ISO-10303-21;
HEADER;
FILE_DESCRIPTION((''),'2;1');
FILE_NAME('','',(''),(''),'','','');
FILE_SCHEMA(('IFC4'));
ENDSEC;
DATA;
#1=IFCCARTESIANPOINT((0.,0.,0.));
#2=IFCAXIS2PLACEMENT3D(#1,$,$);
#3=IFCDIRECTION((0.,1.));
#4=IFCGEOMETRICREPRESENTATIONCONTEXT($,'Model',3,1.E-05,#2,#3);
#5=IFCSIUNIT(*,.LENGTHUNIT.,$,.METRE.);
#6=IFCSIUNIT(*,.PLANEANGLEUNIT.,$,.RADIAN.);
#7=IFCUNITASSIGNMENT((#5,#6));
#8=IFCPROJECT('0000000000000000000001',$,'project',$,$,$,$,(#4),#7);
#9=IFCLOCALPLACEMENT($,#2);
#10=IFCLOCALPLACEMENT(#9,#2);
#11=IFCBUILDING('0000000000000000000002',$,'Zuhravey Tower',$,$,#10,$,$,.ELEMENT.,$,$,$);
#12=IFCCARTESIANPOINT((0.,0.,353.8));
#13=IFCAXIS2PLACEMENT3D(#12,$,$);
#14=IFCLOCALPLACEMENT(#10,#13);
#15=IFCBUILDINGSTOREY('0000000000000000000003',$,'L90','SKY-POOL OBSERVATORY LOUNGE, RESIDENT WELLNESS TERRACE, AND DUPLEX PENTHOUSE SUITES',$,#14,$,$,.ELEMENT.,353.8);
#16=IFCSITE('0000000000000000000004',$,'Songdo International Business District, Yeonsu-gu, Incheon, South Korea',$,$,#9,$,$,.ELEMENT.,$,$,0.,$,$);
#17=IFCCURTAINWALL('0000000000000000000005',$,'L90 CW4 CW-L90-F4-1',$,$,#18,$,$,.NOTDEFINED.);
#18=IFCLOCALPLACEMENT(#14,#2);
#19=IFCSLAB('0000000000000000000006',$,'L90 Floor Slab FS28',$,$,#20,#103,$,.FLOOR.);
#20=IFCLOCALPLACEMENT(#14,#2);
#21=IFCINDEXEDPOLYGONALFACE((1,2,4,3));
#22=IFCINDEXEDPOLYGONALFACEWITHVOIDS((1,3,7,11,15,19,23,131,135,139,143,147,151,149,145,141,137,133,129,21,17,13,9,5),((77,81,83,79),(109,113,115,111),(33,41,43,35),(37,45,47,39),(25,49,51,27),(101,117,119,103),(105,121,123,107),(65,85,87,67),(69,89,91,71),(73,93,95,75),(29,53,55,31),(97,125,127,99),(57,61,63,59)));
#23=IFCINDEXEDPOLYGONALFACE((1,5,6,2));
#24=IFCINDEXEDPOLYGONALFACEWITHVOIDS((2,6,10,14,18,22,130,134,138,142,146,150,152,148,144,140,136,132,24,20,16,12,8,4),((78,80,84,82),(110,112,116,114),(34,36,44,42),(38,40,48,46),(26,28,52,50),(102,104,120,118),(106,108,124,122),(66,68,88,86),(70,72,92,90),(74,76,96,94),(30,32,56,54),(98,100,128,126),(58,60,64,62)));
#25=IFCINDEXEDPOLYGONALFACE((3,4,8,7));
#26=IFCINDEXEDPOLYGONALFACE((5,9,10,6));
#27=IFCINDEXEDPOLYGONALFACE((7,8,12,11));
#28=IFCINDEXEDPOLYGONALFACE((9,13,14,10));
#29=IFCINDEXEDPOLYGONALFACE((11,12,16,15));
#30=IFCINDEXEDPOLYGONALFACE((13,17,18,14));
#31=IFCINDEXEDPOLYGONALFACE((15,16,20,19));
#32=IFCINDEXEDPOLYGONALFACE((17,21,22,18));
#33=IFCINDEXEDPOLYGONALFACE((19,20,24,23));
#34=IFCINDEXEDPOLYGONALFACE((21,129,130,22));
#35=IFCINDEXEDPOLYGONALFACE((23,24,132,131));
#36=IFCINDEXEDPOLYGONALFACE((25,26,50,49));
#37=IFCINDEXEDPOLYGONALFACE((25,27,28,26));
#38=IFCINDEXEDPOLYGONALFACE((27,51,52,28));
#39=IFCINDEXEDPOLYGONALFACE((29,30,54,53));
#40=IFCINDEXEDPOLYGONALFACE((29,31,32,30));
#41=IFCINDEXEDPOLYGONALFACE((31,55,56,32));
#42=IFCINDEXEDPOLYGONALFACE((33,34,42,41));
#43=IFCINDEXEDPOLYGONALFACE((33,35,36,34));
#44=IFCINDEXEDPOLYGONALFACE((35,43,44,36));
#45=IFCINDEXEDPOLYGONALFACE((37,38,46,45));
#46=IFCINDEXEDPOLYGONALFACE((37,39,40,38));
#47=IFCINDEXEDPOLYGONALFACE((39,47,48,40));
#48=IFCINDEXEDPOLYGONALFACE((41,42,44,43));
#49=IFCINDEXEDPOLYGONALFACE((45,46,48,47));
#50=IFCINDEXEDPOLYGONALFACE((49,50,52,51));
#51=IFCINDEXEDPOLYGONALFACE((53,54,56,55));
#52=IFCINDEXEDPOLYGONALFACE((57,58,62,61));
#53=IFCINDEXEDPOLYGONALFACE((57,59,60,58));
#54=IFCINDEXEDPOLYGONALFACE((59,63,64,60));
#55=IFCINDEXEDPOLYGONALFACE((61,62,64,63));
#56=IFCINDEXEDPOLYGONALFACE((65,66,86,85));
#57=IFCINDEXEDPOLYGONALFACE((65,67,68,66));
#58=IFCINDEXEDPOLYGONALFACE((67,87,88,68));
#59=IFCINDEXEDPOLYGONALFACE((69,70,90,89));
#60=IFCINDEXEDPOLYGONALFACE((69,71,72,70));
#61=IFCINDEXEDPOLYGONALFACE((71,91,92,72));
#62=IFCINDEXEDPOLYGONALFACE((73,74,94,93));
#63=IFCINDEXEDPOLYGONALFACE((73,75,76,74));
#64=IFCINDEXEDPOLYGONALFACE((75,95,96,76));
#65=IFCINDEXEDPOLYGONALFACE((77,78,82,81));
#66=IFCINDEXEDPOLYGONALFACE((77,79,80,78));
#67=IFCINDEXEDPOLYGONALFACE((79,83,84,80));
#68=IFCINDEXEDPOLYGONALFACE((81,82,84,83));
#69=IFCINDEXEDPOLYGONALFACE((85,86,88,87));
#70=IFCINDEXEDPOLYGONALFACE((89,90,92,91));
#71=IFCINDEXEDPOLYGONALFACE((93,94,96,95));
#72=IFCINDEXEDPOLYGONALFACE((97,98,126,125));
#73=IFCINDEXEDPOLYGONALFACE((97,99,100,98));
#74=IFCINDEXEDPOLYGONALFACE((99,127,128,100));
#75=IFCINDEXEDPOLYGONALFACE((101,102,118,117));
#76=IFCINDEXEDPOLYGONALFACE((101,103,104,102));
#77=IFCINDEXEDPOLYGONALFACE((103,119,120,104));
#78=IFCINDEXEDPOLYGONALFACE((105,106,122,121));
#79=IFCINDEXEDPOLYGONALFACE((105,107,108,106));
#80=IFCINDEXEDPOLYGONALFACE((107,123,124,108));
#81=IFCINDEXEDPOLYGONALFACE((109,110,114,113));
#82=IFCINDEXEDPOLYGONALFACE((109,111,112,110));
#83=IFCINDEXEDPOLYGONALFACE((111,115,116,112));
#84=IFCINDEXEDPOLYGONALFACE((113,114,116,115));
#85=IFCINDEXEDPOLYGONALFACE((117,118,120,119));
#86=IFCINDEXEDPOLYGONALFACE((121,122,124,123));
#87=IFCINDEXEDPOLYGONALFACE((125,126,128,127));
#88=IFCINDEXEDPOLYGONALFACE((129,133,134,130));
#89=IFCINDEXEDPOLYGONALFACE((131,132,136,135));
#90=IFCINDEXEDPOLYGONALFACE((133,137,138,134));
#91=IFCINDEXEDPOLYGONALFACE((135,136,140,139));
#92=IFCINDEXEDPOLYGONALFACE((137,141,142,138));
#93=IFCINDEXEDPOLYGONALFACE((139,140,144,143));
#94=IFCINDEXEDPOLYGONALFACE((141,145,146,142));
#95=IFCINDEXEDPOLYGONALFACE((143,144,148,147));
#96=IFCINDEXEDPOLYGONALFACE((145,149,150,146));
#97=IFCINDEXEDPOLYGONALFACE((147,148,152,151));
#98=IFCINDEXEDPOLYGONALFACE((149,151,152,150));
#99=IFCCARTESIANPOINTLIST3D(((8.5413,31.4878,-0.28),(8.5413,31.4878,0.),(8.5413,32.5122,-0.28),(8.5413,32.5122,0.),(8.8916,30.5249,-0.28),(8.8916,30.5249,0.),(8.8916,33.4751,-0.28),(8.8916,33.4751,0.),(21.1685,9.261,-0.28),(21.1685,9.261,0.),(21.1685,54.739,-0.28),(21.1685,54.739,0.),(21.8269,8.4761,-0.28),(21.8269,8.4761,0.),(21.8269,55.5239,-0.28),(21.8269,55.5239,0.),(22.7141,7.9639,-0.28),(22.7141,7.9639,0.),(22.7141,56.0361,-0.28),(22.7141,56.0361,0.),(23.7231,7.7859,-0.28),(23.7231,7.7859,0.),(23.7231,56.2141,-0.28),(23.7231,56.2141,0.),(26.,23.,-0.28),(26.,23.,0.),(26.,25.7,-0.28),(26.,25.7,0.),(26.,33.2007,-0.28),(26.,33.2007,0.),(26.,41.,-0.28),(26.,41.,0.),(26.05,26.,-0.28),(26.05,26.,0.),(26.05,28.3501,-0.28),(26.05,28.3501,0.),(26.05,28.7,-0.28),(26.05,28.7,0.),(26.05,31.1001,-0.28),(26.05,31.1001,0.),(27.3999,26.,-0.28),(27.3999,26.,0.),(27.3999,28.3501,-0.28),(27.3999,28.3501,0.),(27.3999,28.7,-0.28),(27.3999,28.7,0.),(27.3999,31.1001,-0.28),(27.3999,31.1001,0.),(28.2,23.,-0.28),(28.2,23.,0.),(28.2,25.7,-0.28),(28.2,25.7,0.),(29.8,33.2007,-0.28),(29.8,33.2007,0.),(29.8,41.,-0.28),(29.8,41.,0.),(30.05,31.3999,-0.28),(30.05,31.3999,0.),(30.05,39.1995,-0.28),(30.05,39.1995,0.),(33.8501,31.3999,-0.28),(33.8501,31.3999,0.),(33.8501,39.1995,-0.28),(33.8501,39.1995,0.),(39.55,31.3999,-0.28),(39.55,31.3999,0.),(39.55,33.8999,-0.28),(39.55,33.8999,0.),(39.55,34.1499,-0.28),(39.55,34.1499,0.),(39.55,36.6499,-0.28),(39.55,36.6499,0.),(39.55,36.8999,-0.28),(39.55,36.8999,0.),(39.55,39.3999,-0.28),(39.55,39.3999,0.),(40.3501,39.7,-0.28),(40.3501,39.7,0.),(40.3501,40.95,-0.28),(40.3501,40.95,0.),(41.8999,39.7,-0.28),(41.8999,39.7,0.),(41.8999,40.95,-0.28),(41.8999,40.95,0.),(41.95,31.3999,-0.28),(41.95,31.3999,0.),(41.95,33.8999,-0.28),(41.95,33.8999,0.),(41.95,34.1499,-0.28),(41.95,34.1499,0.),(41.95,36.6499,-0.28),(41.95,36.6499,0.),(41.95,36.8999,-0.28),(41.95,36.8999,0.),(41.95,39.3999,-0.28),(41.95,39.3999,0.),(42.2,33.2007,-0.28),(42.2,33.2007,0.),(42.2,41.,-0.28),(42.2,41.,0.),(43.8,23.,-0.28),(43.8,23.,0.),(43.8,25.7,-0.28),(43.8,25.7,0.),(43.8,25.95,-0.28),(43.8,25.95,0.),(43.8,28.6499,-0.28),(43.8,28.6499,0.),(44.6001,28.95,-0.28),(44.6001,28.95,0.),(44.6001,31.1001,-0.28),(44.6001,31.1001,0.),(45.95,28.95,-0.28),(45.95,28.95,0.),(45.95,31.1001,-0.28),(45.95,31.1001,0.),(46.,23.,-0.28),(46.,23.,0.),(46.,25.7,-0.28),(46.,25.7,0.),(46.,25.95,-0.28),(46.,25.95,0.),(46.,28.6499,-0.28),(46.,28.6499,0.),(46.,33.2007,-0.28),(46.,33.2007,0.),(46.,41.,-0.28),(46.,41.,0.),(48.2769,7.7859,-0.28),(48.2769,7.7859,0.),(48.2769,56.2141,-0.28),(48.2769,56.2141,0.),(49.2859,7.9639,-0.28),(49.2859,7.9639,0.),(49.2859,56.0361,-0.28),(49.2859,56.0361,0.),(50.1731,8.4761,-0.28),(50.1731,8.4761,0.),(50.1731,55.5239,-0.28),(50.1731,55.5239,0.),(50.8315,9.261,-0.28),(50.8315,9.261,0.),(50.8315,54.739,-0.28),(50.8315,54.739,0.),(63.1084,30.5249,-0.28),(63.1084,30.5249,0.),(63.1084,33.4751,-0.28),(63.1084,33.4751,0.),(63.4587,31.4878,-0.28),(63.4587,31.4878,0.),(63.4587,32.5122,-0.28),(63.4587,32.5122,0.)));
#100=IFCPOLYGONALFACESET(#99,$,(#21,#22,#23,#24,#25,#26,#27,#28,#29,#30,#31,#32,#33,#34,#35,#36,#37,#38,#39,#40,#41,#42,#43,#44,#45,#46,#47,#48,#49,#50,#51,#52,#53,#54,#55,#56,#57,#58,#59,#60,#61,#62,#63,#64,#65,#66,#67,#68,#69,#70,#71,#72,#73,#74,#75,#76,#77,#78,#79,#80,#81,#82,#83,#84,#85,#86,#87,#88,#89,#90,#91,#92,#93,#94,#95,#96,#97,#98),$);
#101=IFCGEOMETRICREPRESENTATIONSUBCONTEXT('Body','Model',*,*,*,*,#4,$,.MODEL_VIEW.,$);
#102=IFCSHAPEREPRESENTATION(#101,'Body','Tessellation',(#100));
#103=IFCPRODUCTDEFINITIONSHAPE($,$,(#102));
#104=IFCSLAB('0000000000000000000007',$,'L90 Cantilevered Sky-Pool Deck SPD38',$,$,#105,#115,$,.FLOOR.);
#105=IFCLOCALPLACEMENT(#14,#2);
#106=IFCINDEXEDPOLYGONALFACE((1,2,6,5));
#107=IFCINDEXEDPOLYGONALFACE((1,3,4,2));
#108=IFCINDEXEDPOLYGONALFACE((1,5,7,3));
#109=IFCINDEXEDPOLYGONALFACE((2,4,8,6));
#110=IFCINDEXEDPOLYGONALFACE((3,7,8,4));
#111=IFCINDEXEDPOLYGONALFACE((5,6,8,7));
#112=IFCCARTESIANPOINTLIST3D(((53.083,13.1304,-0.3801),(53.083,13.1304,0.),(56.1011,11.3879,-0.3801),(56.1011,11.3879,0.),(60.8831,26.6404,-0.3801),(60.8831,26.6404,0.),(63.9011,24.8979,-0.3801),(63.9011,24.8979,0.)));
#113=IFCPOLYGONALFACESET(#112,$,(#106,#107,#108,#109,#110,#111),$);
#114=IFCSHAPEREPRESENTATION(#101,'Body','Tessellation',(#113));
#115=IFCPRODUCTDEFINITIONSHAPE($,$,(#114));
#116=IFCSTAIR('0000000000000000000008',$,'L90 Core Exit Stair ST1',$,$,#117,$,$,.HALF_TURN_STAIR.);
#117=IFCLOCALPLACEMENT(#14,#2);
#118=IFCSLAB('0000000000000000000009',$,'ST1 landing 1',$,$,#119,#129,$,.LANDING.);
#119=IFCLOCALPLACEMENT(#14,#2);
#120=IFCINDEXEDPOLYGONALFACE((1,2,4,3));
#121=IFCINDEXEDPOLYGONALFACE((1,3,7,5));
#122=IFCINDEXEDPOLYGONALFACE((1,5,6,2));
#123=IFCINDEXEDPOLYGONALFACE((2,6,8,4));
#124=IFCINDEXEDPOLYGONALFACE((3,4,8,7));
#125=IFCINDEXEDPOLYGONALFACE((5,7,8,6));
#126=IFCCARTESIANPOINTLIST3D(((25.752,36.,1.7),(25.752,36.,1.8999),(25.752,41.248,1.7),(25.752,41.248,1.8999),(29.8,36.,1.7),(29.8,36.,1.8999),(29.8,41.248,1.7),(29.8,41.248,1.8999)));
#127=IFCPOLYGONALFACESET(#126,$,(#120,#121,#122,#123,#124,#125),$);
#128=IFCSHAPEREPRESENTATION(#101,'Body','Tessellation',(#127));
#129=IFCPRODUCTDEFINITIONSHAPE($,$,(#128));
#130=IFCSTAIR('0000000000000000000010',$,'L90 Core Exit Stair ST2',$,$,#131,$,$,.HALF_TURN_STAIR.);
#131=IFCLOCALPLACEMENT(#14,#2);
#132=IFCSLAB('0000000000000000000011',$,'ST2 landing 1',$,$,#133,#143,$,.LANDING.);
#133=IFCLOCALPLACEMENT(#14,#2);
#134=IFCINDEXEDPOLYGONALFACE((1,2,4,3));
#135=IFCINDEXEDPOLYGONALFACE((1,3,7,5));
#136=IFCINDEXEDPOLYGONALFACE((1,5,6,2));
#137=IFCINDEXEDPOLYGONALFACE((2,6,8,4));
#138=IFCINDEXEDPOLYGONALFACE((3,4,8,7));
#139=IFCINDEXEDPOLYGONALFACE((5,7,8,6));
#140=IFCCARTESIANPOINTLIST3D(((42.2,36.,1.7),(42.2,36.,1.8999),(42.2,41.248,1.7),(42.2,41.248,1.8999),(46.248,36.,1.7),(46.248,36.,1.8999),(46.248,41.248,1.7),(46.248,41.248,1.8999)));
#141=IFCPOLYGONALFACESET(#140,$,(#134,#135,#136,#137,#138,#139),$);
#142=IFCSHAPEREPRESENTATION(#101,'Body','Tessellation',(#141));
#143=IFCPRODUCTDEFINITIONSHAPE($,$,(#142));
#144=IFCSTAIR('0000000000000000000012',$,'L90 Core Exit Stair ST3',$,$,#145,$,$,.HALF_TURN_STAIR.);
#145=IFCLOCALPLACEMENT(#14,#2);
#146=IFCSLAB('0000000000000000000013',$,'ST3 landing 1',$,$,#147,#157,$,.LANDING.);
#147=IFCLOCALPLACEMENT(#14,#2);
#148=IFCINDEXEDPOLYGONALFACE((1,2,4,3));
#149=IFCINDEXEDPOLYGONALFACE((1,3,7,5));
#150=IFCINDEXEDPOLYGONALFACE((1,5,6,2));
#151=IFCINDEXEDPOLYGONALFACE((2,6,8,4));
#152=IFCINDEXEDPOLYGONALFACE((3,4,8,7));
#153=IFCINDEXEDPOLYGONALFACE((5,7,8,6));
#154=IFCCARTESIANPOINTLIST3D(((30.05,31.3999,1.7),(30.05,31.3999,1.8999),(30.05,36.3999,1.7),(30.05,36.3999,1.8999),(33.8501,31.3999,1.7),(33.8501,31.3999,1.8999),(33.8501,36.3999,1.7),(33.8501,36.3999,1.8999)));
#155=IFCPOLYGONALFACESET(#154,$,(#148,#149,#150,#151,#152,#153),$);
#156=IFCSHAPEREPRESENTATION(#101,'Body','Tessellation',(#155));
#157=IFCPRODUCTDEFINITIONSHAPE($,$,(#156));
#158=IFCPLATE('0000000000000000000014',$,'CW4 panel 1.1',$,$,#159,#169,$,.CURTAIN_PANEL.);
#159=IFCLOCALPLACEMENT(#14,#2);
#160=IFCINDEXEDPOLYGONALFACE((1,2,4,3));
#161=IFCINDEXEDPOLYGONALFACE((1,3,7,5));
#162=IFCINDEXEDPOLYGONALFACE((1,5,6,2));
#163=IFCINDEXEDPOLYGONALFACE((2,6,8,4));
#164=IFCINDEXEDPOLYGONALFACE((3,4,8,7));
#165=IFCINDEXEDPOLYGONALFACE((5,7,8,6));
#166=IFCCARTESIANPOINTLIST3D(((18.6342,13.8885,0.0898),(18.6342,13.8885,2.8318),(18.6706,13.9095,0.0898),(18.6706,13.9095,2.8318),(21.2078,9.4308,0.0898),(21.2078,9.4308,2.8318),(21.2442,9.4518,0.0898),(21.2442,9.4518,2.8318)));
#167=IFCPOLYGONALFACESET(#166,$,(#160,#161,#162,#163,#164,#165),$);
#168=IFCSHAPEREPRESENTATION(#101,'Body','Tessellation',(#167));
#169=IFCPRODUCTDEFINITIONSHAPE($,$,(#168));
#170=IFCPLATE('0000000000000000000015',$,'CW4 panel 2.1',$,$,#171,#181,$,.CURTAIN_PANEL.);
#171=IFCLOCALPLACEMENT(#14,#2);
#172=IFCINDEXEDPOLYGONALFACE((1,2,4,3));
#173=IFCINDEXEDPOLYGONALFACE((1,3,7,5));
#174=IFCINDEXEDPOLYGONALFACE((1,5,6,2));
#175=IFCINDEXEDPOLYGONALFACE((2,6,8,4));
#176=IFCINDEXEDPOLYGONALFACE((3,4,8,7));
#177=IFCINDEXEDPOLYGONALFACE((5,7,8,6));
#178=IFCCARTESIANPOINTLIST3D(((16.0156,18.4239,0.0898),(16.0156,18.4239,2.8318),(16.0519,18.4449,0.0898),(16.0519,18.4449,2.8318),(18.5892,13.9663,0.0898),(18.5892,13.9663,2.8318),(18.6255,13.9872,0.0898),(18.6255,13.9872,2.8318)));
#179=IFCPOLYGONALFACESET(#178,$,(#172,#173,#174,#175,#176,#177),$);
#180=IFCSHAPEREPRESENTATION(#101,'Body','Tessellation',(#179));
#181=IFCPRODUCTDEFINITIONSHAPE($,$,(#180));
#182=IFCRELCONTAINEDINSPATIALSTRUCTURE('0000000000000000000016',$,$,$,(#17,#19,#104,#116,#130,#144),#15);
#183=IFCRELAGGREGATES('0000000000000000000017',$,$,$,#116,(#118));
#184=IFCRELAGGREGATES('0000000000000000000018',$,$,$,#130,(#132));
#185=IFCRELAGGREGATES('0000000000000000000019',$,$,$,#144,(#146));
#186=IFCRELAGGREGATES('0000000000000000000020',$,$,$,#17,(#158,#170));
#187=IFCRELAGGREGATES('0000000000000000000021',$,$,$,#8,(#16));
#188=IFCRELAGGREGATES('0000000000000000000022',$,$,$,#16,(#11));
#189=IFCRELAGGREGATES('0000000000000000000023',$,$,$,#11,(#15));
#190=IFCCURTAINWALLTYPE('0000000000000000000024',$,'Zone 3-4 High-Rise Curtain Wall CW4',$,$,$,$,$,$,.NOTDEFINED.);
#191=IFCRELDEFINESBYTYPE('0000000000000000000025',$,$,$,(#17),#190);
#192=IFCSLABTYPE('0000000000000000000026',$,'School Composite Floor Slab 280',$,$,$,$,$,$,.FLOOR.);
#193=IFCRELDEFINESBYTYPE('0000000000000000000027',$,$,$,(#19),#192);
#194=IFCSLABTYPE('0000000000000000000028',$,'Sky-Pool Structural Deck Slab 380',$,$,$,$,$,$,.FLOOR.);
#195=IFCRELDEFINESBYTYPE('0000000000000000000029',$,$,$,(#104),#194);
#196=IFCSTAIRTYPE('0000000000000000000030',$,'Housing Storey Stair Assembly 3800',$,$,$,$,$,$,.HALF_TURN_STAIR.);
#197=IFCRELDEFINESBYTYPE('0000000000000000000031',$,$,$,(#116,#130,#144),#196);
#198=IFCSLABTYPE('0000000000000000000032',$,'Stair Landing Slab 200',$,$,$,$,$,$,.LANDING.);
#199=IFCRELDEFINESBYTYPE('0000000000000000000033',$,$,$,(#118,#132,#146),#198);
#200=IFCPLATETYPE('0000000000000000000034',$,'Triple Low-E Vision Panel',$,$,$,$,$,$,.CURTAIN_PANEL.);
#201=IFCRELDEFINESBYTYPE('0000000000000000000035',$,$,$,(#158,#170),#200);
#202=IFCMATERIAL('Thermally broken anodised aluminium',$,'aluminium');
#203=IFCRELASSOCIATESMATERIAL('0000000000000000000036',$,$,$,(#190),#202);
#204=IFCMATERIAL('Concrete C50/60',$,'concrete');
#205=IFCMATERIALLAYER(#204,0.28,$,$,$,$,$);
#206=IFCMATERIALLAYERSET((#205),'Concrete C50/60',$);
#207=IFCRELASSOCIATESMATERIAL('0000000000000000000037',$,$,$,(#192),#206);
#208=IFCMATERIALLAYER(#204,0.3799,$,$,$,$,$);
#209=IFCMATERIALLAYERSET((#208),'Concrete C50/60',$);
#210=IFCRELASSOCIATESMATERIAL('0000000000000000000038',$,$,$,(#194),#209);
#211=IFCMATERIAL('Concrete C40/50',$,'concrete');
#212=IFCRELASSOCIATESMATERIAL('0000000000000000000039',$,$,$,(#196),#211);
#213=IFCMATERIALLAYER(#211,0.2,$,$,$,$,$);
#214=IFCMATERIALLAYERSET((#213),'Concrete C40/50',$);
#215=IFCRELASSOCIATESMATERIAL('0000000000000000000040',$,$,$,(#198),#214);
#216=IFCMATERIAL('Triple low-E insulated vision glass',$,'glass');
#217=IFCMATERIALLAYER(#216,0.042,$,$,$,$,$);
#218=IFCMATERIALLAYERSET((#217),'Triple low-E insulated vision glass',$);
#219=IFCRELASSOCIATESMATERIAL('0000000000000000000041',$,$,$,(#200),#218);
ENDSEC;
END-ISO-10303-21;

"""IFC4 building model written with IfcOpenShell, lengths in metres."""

from ifc_helpers import new_model, si_unit, direction, frame, origin, origin_2d, place, context, subcontext, project, spatial, polyline, rectangle, outline, extrude, material, layer, layer_set, type_object, element, aggregate, save


model = new_model("IFC4")

# Units and contexts
model_context = context("Model", 3, precision=1e-05, world=origin(), true_north=direction((0.0, 1.0)))
body_context = subcontext(model_context, "Body", "Model", "MODEL_VIEW")
ifc_project = project(units=[si_unit("LENGTHUNIT", "METRE"), si_unit("PLANEANGLEUNIT", "RADIAN")], contexts=[model_context])

# Site, building, storey
site_placement = place(None, origin())
site = spatial("IfcSite", under=ifc_project, at=site_placement, Name="Songdo International Business District, Yeonsu-gu, Incheon, South Korea", CompositionType="ELEMENT", RefElevation=0.0)
building_placement = place(site_placement, origin())
building = spatial("IfcBuilding", under=site, at=building_placement, Name="Zuhravey Tower", CompositionType="ELEMENT")
storey_placement = place(building_placement, frame((0.0, 0.0, 353.8)))
storey = spatial("IfcBuildingStorey", under=building, at=storey_placement, Name="L90", Description="SKY-POOL OBSERVATORY LOUNGE, RESIDENT WELLNESS TERRACE, AND DUPLEX PENTHOUSE SUITES", CompositionType="ELEMENT", Elevation=353.8)

# Shared definitions
ifc_material_1 = material(Name="Concrete C50/60", Category="concrete")

# Curtain wall
ifc_material_2 = material(Name="Thermally broken anodised aluminium", Category="aluminium")
curtain_wall_type = type_object("IfcCurtainWallType", Name="Zone 3-4 High-Rise Curtain Wall CW4", PredefinedType="NOTDEFINED", material=ifc_material_2)
curtain_wall_placement = place(storey_placement, origin())
curtain_wall = element("IfcCurtainWall", 1, at=curtain_wall_placement, inside=storey, type_object=curtain_wall_type, Name="L90 CW4 CW-L90-F4-1", PredefinedType="NOTDEFINED")

# Slabs
ifc_layer_1 = layer(ifc_material_1, 0.28)
ifc_layer_set_1 = layer_set([ifc_layer_1], Name="Concrete C50/60")
slab_type_1 = type_object("IfcSlabType", Name="School Composite Floor Slab 280", PredefinedType="FLOOR", material=ifc_layer_set_1)
slab_1_placement = place(storey_placement, frame((0.0, 0.0, -0.28)))
element("IfcSlab", 2, at=slab_1_placement, inside=storey, type_object=slab_type_1, Name="L90 Floor Slab FS28", PredefinedType="FLOOR", context=body_context, shape_type="SweptSolid", body=[
    extrude(outline(polyline([(63.1084, 30.5249), (63.4587, 31.4878), (63.4587, 32.5122), (63.1084, 33.4751), (50.8315, 54.739), (50.1731, 55.5239), (49.2859, 56.0361), (48.2769, 56.2141), (23.7231, 56.2141), (22.7141, 56.0361), (21.8269, 55.5239), (21.1685, 54.739), (8.8916, 33.4751), (8.5413, 32.5122), (8.5413, 31.4878), (8.8916, 30.5249), (21.1685, 9.261), (21.8269, 8.4761), (22.7141, 7.9639), (23.7231, 7.7859), (48.2769, 7.7859), (49.2859, 7.9639), (50.1731, 8.4761), (50.8315, 9.261), (63.1084, 30.5249)]), holes=[polyline([(29.8, 33.2007), (29.8, 41.0), (26.0, 41.0), (26.0, 33.2007), (29.8, 33.2007)]), polyline([(46.0, 33.2007), (46.0, 41.0), (42.2, 41.0), (42.2, 33.2007), (46.0, 33.2007)]), polyline([(30.05, 39.1995), (30.05, 31.3999), (33.8501, 31.3999), (33.8501, 39.1995), (30.05, 39.1995)]), polyline([(39.55, 31.3999), (41.95, 31.3999), (41.95, 33.8999), (39.55, 33.8999), (39.55, 31.3999)]), polyline([(39.55, 34.1499), (41.95, 34.1499), (41.95, 36.6499), (39.55, 36.6499), (39.55, 34.1499)]), polyline([(39.55, 36.8999), (41.95, 36.8999), (41.95, 39.3999), (39.55, 39.3999), (39.55, 36.8999)]), polyline([(26.0, 23.0), (28.2, 23.0), (28.2, 25.7), (26.0, 25.7), (26.0, 23.0)]), polyline([(43.8, 23.0), (46.0, 23.0), (46.0, 25.7), (43.8, 25.7), (43.8, 23.0)]), polyline([(43.8, 25.95), (46.0, 25.95), (46.0, 28.6499), (43.8, 28.6499), (43.8, 25.95)]), polyline([(26.05, 26.0), (27.3999, 26.0), (27.3999, 28.3501), (26.05, 28.3501), (26.05, 26.0)]), polyline([(26.05, 28.7), (27.3999, 28.7), (27.3999, 31.1001), (26.05, 31.1001), (26.05, 28.7)]), polyline([(44.6001, 28.95), (45.95, 28.95), (45.95, 31.1001), (44.6001, 31.1001), (44.6001, 28.95)]), polyline([(40.3501, 39.7), (41.8999, 39.7), (41.8999, 40.95), (40.3501, 40.95), (40.3501, 39.7)])]), origin(), (0.0, 0.0, 1.0), 0.28),
])
ifc_layer_2 = layer(ifc_material_1, 0.3799)
ifc_layer_set_2 = layer_set([ifc_layer_2], Name="Concrete C50/60")
slab_type_2 = type_object("IfcSlabType", Name="Sky-Pool Structural Deck Slab 380", PredefinedType="FLOOR", material=ifc_layer_set_2)
slab_2_placement = place(storey_placement, frame((0.0, 0.0, -0.3801)))
element("IfcSlab", 3, at=slab_2_placement, inside=storey, type_object=slab_type_2, Name="L90 Cantilevered Sky-Pool Deck SPD38", PredefinedType="FLOOR", context=body_context, shape_type="SweptSolid", body=[
    extrude(outline(polyline([(53.083, 13.1304), (60.8831, 26.6404), (63.9011, 24.8979), (56.1011, 11.3879), (53.083, 13.1304)])), origin(), (0.0, 0.0, 1.0), 0.3801),
])

# Stairs, slabs
ifc_material_3 = material(Name="Concrete C40/50", Category="concrete")
stair_type = type_object("IfcStairType", Name="Housing Storey Stair Assembly 3800", PredefinedType="HALF_TURN_STAIR", material=ifc_material_3)
stair_1_placement = place(storey_placement, origin())
stair_1 = element("IfcStair", 4, at=stair_1_placement, inside=storey, type_object=stair_type, Name="L90 Core Exit Stair ST1", PredefinedType="HALF_TURN_STAIR")
ifc_layer_3 = layer(ifc_material_3, 0.2)
ifc_layer_set_3 = layer_set([ifc_layer_3], Name="Concrete C40/50")
slab_type_3 = type_object("IfcSlabType", Name="Stair Landing Slab 200", PredefinedType="LANDING", material=ifc_layer_set_3)
slab_3_placement = place(storey_placement, frame((0.0, 0.0, 1.7)))
slab_3 = element("IfcSlab", 5, at=slab_3_placement, type_object=slab_type_3, Name="ST1 landing 1", PredefinedType="LANDING", context=body_context, shape_type="SweptSolid", body=[
    extrude(outline(polyline([(29.8, 36.0), (29.8, 41.248), (25.752, 41.248), (25.752, 36.0), (29.8, 36.0)])), origin(), (0.0, 0.0, 1.0), 0.2),
])
aggregate(stair_1, [slab_3])
stair_2_placement = place(storey_placement, origin())
stair_2 = element("IfcStair", 6, at=stair_2_placement, inside=storey, type_object=stair_type, Name="L90 Core Exit Stair ST2", PredefinedType="HALF_TURN_STAIR")
slab_4_placement = place(storey_placement, frame((0.0, 0.0, 1.7)))
slab_4 = element("IfcSlab", 7, at=slab_4_placement, type_object=slab_type_3, Name="ST2 landing 1", PredefinedType="LANDING", context=body_context, shape_type="SweptSolid", body=[
    extrude(outline(polyline([(46.248, 36.0), (46.248, 41.248), (42.2, 41.248), (42.2, 36.0), (46.248, 36.0)])), origin(), (0.0, 0.0, 1.0), 0.2),
])
aggregate(stair_2, [slab_4])
stair_3_placement = place(storey_placement, origin())
stair_3 = element("IfcStair", 8, at=stair_3_placement, inside=storey, type_object=stair_type, Name="L90 Core Exit Stair ST3", PredefinedType="HALF_TURN_STAIR")
slab_5_placement = place(storey_placement, frame((0.0, 0.0, 1.7)))
slab_5 = element("IfcSlab", 9, at=slab_5_placement, type_object=slab_type_3, Name="ST3 landing 1", PredefinedType="LANDING", context=body_context, shape_type="SweptSolid", body=[
    extrude(outline(polyline([(30.05, 36.3999), (30.05, 31.3999), (33.8501, 31.3999), (33.8501, 36.3999), (30.05, 36.3999)])), origin(), (0.0, 0.0, 1.0), 0.2),
])
aggregate(stair_3, [slab_5])

# Plates
ifc_material_4 = material(Name="Triple low-E insulated vision glass", Category="glass")
ifc_layer_4 = layer(ifc_material_4, 0.042)
ifc_layer_set_4 = layer_set([ifc_layer_4], Name="Triple low-E insulated vision glass")
plate_type_1 = type_object("IfcPlateType", Name="Triple Low-E Vision Panel", PredefinedType="CURTAIN_PANEL", material=ifc_layer_set_4)
plate_1_placement = place(storey_placement, frame((19.9392, 11.6702, 0.0898), z_axis=(0.0, 0.0, 1.0), x_axis=(-0.499994, 0.866029, 0.0)))
plate_1 = element("IfcPlate", 10, at=plate_1_placement, type_object=plate_type_1, Name="CW4 panel 1.1", PredefinedType="CURTAIN_PANEL", context=body_context, shape_type="SweptSolid", body=[
    extrude(rectangle(XDim=5.1472, YDim=0.042, at=origin_2d()), origin(), (0.0, 0.0, 1.0), 2.7419),
])
plate_2_placement = place(storey_placement, frame((17.3206, 16.2056, 0.0898), z_axis=(0.0, 0.0, 1.0), x_axis=(-0.499994, 0.866029, 0.0)))
plate_2 = element("IfcPlate", 11, at=plate_2_placement, type_object=plate_type_1, Name="CW4 panel 2.1", PredefinedType="CURTAIN_PANEL", context=body_context, shape_type="SweptSolid", body=[
    extrude(rectangle(XDim=5.1472, YDim=0.042, at=origin_2d()), origin(), (0.0, 0.0, 1.0), 2.7419),
])
aggregate(curtain_wall, [plate_1, plate_2])

save(model, "model.ifc")
